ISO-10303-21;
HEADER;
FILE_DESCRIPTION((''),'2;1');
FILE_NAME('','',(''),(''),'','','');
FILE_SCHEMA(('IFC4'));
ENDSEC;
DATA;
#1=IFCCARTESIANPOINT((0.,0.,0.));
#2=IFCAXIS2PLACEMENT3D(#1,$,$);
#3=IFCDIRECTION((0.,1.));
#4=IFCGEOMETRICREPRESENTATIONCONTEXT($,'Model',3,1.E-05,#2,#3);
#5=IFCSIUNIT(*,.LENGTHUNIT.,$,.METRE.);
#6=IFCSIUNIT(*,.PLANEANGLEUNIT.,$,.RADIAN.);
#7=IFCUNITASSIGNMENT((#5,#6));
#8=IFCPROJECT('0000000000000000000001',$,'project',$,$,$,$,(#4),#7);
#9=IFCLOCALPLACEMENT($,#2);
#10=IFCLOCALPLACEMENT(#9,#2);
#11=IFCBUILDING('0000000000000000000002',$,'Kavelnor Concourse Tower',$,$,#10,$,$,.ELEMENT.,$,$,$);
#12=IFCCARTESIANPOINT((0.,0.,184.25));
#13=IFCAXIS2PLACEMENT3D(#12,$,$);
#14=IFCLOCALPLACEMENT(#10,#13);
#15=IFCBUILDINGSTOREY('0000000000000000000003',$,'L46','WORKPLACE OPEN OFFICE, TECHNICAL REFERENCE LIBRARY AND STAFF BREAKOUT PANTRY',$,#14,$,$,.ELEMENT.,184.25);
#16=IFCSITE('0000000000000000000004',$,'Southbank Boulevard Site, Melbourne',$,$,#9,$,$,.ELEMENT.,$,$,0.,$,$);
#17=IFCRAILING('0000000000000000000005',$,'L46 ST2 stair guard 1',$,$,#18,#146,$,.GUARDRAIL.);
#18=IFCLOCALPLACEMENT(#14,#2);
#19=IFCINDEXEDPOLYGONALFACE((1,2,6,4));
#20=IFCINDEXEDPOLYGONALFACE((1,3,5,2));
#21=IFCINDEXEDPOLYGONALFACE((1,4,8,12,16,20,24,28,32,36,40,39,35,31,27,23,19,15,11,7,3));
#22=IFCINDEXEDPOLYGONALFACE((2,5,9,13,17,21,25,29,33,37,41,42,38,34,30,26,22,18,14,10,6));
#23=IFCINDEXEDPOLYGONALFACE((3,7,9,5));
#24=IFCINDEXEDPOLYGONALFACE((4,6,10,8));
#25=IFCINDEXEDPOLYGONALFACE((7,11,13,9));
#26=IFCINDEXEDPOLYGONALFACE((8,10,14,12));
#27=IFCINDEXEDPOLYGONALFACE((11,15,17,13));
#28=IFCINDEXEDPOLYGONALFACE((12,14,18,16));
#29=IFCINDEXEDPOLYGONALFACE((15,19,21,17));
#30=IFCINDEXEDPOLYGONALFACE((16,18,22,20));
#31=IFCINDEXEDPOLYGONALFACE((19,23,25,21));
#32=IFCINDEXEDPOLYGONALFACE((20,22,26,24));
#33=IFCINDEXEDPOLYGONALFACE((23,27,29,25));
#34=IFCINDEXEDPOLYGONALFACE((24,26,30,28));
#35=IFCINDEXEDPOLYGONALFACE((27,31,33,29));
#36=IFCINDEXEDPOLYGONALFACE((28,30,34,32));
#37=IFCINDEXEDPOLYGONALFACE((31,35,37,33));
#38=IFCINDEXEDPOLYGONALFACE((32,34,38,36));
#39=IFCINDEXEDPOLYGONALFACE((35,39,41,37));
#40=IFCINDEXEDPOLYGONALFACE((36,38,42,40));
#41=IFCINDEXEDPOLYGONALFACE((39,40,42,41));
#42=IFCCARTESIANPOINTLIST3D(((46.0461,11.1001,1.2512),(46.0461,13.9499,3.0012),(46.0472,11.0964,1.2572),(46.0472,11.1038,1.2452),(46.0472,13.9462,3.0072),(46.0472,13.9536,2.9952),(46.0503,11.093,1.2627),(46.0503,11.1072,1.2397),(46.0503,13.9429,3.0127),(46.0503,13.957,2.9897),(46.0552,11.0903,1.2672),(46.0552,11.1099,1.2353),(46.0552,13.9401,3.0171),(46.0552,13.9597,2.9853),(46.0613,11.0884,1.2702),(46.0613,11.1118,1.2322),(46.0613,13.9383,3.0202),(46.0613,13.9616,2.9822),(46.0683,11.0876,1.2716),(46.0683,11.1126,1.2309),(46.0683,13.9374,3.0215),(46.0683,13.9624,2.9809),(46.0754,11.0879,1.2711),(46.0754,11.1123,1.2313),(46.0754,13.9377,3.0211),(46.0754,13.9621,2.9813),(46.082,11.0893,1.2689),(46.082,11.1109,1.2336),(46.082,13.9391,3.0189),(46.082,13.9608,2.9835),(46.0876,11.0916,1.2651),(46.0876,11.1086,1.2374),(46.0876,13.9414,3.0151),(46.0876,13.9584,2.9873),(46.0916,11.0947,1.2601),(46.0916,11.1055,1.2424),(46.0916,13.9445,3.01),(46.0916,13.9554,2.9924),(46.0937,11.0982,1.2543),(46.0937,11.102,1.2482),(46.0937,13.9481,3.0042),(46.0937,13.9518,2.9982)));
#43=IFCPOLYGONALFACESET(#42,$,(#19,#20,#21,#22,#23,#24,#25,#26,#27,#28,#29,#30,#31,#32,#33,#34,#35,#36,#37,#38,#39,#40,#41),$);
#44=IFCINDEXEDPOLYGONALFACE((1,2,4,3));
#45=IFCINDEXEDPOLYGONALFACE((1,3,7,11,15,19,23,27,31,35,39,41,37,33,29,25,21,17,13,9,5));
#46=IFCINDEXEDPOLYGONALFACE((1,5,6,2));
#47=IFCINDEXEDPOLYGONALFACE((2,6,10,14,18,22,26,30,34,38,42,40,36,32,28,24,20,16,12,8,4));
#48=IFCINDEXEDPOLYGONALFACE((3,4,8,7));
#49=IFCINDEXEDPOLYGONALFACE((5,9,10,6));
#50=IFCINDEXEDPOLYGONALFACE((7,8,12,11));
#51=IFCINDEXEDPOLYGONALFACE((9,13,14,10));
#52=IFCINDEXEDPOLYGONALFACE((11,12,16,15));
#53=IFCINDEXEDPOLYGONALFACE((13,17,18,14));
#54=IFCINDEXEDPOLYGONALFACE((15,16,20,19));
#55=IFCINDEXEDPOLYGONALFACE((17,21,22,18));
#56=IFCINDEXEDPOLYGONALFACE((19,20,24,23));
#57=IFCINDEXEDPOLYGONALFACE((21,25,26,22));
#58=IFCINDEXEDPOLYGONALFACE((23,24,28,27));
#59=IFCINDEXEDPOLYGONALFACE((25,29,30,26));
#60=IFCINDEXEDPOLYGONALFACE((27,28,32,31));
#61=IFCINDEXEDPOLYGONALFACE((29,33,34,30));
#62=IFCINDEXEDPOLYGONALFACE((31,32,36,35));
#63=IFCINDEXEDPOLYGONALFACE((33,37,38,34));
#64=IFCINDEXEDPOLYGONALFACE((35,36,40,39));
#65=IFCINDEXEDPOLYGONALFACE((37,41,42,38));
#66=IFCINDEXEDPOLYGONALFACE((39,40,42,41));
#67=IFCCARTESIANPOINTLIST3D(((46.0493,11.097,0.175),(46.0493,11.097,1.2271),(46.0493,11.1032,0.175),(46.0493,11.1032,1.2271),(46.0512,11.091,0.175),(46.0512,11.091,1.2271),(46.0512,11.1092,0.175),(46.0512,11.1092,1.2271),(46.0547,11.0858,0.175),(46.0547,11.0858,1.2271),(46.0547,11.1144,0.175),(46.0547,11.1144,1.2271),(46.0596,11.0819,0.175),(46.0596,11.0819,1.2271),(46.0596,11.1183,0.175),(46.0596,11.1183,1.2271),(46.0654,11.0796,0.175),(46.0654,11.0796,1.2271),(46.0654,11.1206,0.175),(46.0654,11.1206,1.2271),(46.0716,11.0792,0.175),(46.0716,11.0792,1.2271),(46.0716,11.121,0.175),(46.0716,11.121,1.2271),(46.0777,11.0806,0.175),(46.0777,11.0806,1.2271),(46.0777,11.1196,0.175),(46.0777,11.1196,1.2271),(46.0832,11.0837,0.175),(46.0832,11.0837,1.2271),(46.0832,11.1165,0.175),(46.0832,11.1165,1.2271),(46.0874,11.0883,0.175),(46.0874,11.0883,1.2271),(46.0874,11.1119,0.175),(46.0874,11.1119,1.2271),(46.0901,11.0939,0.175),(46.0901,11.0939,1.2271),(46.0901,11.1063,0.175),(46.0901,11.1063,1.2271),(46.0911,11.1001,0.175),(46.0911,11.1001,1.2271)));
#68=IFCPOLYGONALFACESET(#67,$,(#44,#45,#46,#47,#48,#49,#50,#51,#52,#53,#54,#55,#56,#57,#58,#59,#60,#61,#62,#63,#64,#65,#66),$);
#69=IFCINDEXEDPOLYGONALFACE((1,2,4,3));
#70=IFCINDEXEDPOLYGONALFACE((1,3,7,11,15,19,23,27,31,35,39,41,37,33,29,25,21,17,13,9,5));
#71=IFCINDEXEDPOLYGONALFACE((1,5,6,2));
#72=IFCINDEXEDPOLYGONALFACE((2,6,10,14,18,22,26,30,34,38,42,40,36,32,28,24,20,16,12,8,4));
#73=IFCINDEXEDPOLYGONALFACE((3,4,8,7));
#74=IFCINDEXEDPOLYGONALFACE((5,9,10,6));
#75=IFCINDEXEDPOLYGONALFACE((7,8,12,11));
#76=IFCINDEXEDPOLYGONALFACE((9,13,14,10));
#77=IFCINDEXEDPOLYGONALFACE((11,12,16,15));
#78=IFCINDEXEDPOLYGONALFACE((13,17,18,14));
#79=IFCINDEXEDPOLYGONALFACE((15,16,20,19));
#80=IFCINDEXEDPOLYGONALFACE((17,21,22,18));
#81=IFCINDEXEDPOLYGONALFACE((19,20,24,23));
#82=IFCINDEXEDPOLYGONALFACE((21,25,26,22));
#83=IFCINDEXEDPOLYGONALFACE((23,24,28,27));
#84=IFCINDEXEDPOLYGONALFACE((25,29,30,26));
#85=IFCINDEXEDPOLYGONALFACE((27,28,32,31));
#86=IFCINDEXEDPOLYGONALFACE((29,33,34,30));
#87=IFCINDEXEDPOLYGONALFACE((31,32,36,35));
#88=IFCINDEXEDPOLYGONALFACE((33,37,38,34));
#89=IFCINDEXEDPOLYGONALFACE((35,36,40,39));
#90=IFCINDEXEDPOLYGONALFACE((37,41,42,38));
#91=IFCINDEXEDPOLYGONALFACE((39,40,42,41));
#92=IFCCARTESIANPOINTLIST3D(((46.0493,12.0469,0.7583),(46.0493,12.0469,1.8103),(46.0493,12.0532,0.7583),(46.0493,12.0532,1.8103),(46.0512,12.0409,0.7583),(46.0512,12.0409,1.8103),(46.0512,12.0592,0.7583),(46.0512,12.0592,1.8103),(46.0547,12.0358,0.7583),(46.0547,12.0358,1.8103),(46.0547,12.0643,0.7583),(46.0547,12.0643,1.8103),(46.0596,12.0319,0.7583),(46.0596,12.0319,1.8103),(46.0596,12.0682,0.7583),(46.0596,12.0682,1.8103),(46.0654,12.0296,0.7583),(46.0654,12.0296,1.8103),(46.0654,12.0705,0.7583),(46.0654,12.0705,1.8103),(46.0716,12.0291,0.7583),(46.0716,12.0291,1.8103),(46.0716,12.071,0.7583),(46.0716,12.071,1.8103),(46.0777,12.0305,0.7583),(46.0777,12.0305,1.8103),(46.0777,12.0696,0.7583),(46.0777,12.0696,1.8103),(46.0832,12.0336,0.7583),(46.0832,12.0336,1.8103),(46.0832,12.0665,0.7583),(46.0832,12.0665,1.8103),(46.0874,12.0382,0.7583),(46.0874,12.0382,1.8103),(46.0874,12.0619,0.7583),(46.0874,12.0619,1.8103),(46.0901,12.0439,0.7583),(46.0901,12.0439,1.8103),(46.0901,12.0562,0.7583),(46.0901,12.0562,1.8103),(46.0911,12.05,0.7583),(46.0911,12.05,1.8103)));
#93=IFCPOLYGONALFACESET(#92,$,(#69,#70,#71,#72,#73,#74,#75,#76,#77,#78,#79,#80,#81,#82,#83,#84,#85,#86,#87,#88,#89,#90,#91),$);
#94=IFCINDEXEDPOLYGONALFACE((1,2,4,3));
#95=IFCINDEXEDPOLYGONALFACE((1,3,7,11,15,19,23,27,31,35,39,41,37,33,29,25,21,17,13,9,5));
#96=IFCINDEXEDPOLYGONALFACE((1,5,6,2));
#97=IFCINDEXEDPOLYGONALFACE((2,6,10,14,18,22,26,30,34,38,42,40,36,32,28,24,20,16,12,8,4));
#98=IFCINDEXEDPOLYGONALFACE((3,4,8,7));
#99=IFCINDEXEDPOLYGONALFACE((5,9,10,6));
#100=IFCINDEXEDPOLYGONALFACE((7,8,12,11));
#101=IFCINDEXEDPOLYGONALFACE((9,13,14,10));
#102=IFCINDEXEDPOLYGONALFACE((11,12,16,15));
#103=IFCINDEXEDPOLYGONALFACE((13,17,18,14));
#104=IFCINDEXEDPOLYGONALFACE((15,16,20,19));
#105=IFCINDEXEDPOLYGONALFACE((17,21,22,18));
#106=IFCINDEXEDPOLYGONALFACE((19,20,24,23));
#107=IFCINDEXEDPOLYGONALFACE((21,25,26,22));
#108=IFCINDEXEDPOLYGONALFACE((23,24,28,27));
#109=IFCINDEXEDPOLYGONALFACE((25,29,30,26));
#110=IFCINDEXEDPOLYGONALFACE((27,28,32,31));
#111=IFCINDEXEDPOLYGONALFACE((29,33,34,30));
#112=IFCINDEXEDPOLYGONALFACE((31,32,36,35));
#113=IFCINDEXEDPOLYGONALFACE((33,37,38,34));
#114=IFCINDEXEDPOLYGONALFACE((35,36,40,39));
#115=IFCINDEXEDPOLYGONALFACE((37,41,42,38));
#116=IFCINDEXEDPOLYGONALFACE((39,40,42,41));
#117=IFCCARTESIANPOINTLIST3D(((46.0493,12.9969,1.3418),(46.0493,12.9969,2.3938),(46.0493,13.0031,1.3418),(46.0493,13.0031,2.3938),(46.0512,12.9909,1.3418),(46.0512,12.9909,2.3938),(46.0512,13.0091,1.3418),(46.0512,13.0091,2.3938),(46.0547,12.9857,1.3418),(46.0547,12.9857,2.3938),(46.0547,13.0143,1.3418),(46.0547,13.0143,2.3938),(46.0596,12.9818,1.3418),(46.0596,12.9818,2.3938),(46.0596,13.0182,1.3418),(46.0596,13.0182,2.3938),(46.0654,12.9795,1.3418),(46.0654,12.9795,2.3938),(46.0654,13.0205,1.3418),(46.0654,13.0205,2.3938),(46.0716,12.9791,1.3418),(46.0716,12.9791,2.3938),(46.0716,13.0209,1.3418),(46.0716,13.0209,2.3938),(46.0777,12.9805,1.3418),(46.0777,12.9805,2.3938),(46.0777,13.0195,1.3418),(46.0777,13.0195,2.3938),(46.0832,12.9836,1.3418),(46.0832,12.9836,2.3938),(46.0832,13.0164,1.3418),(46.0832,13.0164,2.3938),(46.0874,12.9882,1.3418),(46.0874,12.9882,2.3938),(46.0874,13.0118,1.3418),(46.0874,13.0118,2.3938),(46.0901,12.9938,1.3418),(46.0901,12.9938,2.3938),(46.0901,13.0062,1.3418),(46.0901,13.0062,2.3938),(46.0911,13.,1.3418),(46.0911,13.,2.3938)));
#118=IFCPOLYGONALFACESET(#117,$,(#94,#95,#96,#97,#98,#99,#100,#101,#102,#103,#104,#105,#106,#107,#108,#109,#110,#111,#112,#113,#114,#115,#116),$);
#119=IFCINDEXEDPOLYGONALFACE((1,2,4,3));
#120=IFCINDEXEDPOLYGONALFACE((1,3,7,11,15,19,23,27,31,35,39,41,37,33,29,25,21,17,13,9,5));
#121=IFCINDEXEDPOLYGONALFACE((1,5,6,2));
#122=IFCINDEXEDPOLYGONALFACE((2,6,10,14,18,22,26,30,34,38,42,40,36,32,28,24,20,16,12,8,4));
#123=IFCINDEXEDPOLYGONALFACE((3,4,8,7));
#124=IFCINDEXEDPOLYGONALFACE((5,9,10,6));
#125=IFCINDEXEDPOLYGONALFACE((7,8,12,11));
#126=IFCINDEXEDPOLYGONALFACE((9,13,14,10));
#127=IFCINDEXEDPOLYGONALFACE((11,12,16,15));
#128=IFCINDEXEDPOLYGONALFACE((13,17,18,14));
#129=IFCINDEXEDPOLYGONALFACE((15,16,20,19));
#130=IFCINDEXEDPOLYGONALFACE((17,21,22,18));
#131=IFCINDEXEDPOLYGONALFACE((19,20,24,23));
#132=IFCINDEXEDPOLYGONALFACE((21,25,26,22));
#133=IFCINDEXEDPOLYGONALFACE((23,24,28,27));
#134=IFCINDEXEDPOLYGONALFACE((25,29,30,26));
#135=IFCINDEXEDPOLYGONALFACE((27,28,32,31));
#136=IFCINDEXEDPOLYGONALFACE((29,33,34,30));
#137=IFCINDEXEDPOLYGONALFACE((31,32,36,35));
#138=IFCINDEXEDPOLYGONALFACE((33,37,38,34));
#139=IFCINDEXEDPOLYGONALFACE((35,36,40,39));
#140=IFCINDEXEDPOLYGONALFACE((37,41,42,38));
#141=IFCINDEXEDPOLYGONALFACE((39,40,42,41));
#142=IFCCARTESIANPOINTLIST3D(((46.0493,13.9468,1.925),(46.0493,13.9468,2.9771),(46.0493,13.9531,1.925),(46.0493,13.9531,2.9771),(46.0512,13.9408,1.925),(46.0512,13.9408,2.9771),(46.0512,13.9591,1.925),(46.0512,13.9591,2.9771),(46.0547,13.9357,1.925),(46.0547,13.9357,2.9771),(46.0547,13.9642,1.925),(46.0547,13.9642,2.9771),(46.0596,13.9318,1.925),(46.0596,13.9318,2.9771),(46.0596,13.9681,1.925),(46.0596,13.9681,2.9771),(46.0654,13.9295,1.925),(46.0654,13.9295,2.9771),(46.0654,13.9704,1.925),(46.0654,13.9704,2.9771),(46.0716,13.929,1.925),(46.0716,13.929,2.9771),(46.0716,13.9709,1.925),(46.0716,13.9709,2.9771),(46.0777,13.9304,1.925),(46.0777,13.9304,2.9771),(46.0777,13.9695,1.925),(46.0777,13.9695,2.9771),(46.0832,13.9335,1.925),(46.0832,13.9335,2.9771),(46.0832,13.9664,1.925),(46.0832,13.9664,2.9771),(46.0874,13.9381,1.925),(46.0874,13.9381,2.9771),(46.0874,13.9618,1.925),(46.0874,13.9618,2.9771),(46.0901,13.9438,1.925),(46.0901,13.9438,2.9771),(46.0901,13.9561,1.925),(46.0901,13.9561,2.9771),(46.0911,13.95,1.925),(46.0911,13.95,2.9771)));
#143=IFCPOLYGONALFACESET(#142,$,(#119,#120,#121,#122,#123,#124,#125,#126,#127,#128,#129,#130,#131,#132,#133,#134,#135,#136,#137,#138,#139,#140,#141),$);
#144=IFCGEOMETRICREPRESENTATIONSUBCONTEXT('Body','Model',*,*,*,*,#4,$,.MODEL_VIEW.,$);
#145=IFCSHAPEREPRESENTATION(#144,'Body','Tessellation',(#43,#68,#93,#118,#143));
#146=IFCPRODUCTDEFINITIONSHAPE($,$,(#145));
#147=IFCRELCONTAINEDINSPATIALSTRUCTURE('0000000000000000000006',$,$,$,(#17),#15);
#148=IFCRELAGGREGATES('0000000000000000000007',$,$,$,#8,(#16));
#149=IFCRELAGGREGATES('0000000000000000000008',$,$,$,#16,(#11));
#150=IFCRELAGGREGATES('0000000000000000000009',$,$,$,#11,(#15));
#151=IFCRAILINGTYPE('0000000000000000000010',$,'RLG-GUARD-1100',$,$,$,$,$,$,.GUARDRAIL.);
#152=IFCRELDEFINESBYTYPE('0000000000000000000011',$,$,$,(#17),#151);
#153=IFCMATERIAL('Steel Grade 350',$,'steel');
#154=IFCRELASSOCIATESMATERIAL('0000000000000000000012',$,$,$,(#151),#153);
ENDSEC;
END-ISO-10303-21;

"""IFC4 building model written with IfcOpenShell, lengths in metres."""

from ifc_helpers import new_model, si_unit, direction, frame, origin, origin_2d, place, context, subcontext, project, spatial, circle, extrude, material, type_object, element, save


model = new_model("IFC4")

# Units and contexts
model_context = context("Model", 3, precision=1e-05, world=origin(), true_north=direction((0.0, 1.0)))
body_context = subcontext(model_context, "Body", "Model", "MODEL_VIEW")
ifc_project = project(units=[si_unit("LENGTHUNIT", "METRE"), si_unit("PLANEANGLEUNIT", "RADIAN")], contexts=[model_context])

# Site, building, storey
site_placement = place(None, origin())
site = spatial("IfcSite", under=ifc_project, at=site_placement, Name="Southbank Boulevard Site, Melbourne", CompositionType="ELEMENT", RefElevation=0.0)
building_placement = place(site_placement, origin())
building = spatial("IfcBuilding", under=site, at=building_placement, Name="Kavelnor Concourse Tower", CompositionType="ELEMENT")
storey_placement = place(building_placement, frame((0.0, 0.0, 184.25)))
storey = spatial("IfcBuildingStorey", under=building, at=storey_placement, Name="L46", Description="WORKPLACE OPEN OFFICE, TECHNICAL REFERENCE LIBRARY AND STAFF BREAKOUT PANTRY", CompositionType="ELEMENT", Elevation=184.25)

# Shared definitions
ifc_material_1 = material(Name="Steel Grade 350", Category="steel")

# Railing
railing_type_1 = type_object("IfcRailingType", Name="RLG-GUARD-1100", PredefinedType="GUARDRAIL", material=ifc_material_1)
railing_1_placement = place(storey_placement, frame((46.0701, 11.1001, 0.175)))
element("IfcRailing", 1, at=railing_1_placement, inside=storey, type_object=railing_type_1, Name="L46 ST2 stair guard 1", PredefinedType="GUARDRAIL", context=body_context, shape_type="SweptSolid", body=[
    extrude(circle(Radius=0.0239, at=origin_2d()), frame((0.0, 0.0, 1.0762), z_axis=(0.0, 0.852159, 0.523283), x_axis=(-1.0, 0.0, 0.0)), (0.0, 0.0, 1.0), 3.3442),
    extrude(circle(Radius=0.021, at=origin_2d()), origin(), (0.0, 0.0, 1.0), 1.052),
    extrude(circle(Radius=0.021, at=origin_2d()), frame((0.0, 0.95, 0.5833)), (0.0, 0.0, 1.0), 1.052),
    extrude(circle(Radius=0.021, at=origin_2d()), frame((0.0, 1.8999, 1.1667)), (0.0, 0.0, 1.0), 1.052),
    extrude(circle(Radius=0.021, at=origin_2d()), frame((0.0, 2.8499, 1.75)), (0.0, 0.0, 1.0), 1.052),
])

save(model, "model.ifc")
